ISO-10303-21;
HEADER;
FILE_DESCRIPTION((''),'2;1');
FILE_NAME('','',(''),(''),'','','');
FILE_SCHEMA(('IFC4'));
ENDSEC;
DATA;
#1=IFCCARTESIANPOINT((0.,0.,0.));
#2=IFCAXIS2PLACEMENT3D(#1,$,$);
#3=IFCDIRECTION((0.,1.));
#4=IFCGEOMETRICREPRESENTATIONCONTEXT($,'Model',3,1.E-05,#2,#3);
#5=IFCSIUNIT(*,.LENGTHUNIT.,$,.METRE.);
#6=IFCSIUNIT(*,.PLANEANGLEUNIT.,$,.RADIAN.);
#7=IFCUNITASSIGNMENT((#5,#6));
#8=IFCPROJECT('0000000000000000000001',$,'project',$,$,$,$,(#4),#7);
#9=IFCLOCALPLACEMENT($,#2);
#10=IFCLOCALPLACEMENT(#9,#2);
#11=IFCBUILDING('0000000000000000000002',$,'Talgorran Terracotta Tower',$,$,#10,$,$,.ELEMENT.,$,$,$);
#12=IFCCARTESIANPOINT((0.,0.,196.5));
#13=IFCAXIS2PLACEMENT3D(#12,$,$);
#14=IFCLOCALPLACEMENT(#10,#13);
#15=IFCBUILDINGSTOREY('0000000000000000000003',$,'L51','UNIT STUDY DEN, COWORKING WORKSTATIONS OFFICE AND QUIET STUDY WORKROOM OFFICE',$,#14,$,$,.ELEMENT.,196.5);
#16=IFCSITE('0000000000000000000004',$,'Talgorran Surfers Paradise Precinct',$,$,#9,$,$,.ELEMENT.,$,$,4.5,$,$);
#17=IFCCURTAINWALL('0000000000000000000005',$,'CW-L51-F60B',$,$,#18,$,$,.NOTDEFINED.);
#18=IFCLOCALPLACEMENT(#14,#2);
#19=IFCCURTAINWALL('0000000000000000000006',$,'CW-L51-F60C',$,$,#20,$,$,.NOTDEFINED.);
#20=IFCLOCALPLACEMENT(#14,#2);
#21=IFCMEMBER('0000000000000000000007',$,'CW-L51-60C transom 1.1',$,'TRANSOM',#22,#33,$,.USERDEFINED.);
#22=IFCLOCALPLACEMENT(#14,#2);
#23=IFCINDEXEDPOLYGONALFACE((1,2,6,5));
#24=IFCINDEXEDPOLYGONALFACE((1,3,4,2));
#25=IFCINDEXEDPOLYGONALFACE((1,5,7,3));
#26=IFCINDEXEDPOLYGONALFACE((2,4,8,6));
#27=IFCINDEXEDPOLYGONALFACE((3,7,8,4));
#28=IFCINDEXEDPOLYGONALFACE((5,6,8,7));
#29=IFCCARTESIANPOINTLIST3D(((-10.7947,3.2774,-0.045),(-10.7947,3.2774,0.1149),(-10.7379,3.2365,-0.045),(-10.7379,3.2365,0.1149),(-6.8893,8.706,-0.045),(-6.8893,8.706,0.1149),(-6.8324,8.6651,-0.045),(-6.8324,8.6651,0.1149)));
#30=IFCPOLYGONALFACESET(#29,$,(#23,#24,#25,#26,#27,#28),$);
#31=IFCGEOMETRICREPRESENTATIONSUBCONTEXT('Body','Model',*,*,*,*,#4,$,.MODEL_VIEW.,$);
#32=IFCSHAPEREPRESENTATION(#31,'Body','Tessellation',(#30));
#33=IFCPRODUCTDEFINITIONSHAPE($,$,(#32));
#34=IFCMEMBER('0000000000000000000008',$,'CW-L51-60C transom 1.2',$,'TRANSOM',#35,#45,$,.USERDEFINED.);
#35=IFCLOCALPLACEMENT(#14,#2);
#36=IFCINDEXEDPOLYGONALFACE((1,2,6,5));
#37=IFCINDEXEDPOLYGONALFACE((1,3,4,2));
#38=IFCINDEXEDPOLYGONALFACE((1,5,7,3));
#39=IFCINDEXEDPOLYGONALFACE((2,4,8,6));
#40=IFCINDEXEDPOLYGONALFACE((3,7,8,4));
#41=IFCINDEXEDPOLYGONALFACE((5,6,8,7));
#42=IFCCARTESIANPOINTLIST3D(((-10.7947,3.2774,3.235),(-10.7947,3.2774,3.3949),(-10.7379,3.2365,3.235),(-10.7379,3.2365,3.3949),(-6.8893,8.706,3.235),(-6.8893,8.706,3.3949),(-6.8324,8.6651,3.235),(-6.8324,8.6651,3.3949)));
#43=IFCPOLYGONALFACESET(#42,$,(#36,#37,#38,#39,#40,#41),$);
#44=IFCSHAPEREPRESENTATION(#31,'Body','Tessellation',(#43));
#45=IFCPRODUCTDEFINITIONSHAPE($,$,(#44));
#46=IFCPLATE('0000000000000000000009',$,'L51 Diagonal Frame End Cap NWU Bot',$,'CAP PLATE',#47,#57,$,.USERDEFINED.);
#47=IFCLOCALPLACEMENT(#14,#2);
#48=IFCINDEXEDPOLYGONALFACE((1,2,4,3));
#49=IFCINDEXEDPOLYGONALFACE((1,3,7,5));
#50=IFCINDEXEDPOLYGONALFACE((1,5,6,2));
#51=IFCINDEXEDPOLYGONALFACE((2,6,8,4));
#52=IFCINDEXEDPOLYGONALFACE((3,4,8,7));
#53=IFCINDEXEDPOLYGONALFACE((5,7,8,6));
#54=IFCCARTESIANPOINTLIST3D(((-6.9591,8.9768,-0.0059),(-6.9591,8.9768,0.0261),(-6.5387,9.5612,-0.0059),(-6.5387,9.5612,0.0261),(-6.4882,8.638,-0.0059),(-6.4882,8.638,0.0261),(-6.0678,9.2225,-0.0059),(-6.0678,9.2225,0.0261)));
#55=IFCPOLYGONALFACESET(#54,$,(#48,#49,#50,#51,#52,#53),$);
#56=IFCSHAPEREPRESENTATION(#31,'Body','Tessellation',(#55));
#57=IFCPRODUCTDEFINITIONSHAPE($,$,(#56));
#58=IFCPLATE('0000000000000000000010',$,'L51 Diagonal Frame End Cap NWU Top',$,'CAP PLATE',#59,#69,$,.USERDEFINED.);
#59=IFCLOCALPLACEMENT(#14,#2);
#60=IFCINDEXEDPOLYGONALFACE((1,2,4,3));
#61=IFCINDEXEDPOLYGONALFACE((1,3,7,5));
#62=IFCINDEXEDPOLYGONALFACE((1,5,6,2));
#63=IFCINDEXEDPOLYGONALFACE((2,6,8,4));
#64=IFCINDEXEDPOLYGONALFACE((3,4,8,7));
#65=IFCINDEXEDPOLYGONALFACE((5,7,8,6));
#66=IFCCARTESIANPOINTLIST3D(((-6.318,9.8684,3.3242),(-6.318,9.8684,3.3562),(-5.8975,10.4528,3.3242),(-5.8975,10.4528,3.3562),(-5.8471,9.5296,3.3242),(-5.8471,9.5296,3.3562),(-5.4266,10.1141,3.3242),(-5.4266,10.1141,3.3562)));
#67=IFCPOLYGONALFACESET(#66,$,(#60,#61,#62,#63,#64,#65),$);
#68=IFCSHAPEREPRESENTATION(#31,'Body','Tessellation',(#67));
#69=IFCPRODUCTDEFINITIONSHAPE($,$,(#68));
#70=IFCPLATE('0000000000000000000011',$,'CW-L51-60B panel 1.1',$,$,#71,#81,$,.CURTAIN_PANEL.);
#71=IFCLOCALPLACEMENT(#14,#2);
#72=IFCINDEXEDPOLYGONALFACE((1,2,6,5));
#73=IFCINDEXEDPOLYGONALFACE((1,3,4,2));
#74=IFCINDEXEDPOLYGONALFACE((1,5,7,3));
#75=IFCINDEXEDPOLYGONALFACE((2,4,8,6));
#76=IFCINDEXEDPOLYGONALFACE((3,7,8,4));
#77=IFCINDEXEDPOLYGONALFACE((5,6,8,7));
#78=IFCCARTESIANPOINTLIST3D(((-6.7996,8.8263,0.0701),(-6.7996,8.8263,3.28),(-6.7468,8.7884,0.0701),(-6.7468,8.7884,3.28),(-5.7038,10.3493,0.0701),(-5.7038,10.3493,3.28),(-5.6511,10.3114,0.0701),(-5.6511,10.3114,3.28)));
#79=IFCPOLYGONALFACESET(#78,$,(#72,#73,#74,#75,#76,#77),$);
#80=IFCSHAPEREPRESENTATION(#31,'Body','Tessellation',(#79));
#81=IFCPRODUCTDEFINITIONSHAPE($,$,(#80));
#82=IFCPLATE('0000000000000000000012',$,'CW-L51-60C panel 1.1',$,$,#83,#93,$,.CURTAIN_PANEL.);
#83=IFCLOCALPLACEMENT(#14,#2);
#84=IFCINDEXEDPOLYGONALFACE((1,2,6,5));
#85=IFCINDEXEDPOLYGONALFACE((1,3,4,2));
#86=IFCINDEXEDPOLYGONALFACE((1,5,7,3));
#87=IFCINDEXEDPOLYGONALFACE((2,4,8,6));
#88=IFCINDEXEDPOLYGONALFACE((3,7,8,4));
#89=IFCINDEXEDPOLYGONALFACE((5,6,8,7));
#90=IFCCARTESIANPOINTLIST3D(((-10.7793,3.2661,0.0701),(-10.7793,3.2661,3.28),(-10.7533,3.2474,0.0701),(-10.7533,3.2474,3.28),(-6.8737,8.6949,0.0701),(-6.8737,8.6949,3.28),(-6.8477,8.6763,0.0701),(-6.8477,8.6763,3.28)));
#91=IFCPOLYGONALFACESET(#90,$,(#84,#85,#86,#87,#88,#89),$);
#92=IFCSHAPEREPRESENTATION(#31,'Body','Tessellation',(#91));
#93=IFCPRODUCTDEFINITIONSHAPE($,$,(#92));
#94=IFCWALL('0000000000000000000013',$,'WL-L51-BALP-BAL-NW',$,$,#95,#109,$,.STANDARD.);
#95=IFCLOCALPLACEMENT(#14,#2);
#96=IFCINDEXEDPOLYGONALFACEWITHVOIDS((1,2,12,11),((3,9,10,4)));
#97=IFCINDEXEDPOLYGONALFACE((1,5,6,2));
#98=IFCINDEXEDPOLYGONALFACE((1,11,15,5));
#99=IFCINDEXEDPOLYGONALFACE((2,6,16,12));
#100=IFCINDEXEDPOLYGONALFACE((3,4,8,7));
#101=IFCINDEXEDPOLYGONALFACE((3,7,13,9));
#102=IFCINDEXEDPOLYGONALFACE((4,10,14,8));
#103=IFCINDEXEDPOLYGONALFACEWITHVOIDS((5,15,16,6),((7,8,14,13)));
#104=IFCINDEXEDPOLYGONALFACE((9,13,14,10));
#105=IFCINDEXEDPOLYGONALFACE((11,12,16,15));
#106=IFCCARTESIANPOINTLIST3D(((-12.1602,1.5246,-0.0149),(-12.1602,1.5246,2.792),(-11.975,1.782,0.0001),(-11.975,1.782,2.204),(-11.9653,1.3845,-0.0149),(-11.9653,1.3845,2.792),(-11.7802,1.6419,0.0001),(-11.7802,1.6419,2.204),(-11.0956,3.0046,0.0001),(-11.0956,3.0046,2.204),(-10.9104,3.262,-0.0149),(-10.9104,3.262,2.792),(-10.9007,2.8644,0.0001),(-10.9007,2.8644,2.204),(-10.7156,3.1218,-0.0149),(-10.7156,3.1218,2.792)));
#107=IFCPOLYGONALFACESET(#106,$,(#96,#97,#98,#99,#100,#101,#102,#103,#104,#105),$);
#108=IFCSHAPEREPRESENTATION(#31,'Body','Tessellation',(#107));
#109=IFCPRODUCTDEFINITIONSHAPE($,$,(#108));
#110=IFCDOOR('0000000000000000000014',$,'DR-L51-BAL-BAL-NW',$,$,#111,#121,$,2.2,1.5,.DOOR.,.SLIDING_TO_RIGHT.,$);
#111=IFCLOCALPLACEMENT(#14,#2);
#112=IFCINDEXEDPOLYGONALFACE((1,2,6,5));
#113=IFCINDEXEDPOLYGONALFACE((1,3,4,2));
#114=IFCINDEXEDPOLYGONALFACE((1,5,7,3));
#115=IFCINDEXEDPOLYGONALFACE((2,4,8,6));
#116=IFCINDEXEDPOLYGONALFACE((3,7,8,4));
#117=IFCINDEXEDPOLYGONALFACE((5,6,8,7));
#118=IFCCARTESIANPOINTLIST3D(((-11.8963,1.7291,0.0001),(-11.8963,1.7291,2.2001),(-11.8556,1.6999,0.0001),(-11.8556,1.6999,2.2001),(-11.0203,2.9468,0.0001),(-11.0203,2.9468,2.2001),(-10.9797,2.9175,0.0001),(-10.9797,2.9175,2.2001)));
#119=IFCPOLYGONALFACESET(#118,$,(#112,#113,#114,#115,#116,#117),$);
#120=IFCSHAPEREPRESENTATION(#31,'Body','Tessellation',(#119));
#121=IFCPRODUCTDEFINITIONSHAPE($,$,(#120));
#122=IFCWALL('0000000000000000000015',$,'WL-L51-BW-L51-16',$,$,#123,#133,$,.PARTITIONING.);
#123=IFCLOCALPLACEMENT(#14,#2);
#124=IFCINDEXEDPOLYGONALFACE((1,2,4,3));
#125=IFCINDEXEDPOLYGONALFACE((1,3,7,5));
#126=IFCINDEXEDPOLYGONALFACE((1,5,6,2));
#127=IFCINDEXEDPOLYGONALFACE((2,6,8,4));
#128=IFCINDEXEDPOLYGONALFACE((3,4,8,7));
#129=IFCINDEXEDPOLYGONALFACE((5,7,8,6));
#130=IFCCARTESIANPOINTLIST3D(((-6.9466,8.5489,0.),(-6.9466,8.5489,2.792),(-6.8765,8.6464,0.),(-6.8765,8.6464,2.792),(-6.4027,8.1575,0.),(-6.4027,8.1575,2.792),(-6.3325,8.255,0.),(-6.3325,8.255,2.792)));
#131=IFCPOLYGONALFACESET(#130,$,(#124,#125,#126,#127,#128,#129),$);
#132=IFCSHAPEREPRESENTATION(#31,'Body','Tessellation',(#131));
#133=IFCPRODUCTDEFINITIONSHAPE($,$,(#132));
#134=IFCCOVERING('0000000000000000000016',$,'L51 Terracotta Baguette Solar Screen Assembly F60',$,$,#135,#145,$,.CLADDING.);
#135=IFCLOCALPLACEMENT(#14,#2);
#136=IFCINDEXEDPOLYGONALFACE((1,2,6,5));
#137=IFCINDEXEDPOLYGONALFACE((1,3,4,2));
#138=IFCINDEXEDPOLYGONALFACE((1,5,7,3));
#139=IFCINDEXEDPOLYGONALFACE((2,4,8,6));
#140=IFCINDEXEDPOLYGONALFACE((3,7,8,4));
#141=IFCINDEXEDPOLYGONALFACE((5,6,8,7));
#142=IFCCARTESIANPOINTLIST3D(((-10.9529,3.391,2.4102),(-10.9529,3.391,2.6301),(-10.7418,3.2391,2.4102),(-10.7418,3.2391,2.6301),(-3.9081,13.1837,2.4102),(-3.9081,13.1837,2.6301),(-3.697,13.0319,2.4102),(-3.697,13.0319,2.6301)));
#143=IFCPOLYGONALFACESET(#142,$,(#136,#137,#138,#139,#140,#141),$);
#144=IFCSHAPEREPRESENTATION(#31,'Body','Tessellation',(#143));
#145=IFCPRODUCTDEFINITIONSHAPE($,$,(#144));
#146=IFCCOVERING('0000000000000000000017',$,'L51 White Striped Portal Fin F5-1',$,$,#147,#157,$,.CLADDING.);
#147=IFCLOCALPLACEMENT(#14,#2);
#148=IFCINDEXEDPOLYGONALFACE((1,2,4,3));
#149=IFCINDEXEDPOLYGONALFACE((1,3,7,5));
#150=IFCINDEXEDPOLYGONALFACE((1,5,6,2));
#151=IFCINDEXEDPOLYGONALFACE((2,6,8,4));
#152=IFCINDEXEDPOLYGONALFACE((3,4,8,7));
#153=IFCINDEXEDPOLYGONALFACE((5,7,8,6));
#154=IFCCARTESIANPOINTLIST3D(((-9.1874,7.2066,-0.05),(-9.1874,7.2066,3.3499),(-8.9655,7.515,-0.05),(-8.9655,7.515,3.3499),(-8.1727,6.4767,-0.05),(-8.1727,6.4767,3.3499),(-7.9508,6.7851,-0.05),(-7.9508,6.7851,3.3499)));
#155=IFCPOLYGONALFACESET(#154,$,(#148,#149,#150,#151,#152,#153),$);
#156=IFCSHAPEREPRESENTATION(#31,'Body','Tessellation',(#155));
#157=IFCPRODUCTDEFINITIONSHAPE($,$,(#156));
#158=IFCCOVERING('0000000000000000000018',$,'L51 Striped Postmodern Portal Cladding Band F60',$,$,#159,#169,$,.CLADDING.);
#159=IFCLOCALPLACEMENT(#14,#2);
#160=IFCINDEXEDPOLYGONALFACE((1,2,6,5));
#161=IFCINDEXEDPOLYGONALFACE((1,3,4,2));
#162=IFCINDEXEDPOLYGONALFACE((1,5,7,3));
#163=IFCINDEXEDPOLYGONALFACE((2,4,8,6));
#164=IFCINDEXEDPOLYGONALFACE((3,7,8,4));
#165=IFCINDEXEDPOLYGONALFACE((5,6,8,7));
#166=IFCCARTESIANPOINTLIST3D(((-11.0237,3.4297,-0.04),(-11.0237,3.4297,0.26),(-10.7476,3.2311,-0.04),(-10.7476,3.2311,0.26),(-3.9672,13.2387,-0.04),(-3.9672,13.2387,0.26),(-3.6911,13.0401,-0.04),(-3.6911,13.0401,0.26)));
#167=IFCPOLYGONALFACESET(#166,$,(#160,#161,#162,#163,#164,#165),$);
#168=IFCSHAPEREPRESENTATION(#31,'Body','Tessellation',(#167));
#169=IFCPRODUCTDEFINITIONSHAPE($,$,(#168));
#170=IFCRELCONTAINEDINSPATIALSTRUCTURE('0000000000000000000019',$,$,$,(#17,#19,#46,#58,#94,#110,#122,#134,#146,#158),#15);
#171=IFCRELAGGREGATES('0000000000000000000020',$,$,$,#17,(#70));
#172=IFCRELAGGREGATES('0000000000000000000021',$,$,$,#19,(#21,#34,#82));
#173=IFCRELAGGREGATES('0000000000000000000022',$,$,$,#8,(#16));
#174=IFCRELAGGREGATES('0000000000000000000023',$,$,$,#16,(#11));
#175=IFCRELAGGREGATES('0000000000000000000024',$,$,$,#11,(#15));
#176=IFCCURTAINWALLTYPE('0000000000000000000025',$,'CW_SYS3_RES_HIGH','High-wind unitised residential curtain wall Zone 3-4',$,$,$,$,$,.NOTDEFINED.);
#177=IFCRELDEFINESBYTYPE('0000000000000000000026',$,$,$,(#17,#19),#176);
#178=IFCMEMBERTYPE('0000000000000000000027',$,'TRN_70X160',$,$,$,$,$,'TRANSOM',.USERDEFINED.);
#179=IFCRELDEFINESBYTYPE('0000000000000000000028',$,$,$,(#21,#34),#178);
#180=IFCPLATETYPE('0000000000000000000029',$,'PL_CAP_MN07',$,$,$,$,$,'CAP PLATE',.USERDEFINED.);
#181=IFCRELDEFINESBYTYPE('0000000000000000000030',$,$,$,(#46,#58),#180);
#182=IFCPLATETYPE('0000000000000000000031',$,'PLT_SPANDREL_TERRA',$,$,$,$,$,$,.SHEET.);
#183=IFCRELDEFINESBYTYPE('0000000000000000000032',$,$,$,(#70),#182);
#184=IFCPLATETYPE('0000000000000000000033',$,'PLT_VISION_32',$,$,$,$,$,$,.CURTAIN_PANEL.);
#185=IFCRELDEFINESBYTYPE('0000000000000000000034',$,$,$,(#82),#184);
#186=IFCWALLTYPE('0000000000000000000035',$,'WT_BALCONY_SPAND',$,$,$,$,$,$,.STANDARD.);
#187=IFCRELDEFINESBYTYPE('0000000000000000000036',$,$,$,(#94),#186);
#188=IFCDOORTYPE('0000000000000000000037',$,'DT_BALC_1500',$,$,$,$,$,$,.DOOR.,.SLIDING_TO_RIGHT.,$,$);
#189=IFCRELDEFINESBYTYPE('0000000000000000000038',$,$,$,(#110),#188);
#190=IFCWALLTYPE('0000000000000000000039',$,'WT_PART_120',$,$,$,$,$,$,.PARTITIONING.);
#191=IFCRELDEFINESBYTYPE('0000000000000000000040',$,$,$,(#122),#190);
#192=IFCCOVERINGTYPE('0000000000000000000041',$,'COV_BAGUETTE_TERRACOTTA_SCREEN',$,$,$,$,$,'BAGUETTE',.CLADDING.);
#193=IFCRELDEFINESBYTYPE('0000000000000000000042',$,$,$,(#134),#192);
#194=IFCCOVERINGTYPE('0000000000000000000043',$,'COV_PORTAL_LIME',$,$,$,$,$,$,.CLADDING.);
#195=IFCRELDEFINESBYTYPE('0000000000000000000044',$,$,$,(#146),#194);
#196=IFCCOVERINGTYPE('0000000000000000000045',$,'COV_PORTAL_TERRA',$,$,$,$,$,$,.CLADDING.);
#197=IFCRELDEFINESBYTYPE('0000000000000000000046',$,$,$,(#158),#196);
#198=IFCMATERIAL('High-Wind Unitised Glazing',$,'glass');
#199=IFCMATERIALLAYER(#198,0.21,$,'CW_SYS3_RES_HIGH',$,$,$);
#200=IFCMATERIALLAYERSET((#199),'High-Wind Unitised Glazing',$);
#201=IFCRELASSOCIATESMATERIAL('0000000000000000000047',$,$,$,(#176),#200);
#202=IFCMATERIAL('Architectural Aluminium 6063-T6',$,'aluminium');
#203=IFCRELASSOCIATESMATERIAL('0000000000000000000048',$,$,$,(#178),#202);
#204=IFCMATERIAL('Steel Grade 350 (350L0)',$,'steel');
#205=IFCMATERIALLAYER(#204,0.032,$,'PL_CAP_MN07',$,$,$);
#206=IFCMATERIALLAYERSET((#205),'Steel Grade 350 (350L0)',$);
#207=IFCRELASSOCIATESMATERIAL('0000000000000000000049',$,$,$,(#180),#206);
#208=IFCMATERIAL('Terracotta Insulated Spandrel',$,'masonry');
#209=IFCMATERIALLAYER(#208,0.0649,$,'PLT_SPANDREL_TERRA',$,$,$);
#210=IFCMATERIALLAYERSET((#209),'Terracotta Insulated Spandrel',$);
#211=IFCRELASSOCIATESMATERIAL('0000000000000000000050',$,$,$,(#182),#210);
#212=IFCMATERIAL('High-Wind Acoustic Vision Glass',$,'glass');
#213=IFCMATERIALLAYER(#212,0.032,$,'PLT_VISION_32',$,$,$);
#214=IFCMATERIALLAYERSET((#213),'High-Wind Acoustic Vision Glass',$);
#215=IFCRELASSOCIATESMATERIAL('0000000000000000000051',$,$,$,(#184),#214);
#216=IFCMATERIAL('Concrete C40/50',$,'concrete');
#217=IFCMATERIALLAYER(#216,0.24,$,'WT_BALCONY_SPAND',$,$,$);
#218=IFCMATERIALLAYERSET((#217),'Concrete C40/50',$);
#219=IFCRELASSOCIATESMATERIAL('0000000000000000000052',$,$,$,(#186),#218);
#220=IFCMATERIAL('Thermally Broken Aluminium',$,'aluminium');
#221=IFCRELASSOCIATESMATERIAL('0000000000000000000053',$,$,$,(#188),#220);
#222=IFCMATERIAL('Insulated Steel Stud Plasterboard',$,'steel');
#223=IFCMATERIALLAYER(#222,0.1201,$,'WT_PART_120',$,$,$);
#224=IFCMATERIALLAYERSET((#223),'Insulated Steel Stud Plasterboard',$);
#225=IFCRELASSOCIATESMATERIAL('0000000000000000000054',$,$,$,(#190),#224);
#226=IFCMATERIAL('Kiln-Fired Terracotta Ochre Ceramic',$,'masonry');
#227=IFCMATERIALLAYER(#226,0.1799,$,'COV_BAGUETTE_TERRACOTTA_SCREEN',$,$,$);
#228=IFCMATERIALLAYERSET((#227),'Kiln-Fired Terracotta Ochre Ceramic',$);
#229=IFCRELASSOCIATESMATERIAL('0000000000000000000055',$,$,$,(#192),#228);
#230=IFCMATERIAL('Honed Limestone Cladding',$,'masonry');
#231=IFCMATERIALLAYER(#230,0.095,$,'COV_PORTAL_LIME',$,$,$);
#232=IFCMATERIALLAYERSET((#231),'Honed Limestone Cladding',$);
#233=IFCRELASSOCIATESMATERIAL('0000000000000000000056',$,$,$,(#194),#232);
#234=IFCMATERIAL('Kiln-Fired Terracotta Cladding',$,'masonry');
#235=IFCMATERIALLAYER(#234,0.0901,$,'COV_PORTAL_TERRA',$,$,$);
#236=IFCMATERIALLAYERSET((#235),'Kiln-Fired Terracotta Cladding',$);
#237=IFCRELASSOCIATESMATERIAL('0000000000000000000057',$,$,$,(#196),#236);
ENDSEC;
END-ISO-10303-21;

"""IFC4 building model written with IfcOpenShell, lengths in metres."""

from ifc_helpers import new_model, si_unit, direction, frame, frame_2d, origin, origin_2d, place, context, subcontext, project, spatial, rectangle, extrude, source, transform, mapped, material, layer, layer_set, material_profile, profile_set, type_object, type_shapes, element, fill, aggregate, save


model = new_model("IFC4")

# Units and contexts
model_context = context("Model", 3, precision=1e-05, world=origin(), true_north=direction((0.0, 1.0)))
body_context = subcontext(model_context, "Body", "Model", "MODEL_VIEW")
ifc_project = project(units=[si_unit("LENGTHUNIT", "METRE"), si_unit("PLANEANGLEUNIT", "RADIAN")], contexts=[model_context])

# Site, building, storey
site_placement = place(None, origin())
site = spatial("IfcSite", under=ifc_project, at=site_placement, Name="Talgorran Surfers Paradise Precinct", CompositionType="ELEMENT", RefElevation=4.5)
building_placement = place(site_placement, origin())
building = spatial("IfcBuilding", under=site, at=building_placement, Name="Talgorran Terracotta Tower", CompositionType="ELEMENT")
storey_placement = place(building_placement, frame((0.0, 0.0, 196.5)))
storey = spatial("IfcBuildingStorey", under=building, at=storey_placement, Name="L51", Description="UNIT STUDY DEN, COWORKING WORKSTATIONS OFFICE AND QUIET STUDY WORKROOM OFFICE", CompositionType="ELEMENT", Elevation=196.5)

# Shared definitions
ifc_material_1 = material(Name="Steel Grade 350 (350L0)", Category="steel")

# Curtain walls
ifc_material_2 = material(Name="High-Wind Unitised Glazing", Category="glass")
ifc_layer_1 = layer(ifc_material_2, 0.21, Name="CW_SYS3_RES_HIGH")
ifc_layer_set_1 = layer_set([ifc_layer_1], Name="High-Wind Unitised Glazing")
curtain_wall_type = type_object("IfcCurtainWallType", Name="CW_SYS3_RES_HIGH", Description="High-wind unitised residential curtain wall Zone 3-4", PredefinedType="NOTDEFINED", material=ifc_layer_set_1)
curtain_wall_1_placement = place(storey_placement, origin())
curtain_wall_1 = element("IfcCurtainWall", 1, at=curtain_wall_1_placement, inside=storey, type_object=curtain_wall_type, Name="CW-L51-F60B", PredefinedType="NOTDEFINED")
ifc_material_3 = material(Name="Architectural Aluminium 6063-T6", Category="aluminium")
curtain_wall_2_placement = place(storey_placement, origin())
curtain_wall_2 = element("IfcCurtainWall", 2, at=curtain_wall_2_placement, inside=storey, type_object=curtain_wall_type, Name="CW-L51-F60C", PredefinedType="NOTDEFINED")

# Members
ifc_material_profile_1 = material_profile(ifc_material_3, rectangle(XDim=0.0701, YDim=0.1599, at=origin_2d()), Name="CWT70X160")
ifc_profile_set_1 = profile_set([ifc_material_profile_1], Name="Architectural Aluminium 6063-T6")
member_type_1 = type_object("IfcMemberType", Name="TRN_70X160", ElementType="TRANSOM", PredefinedType="USERDEFINED", material=ifc_profile_set_1)
member_1_placement = place(storey_placement, frame((-6.8608, 8.6855, 0.0349), z_axis=(-0.583994, -0.811758, 0.0), x_axis=(0.811758, -0.583994, 0.0)))
member_1 = element("IfcMember", 3, at=member_1_placement, type_object=member_type_1, Name="CW-L51-60C transom 1.1", ObjectType="TRANSOM", PredefinedType="USERDEFINED", context=body_context, shape_type="SweptSolid", body=[
    extrude(rectangle(XDim=0.0701, YDim=0.1599, at=origin_2d()), origin(), (0.0, 0.0, 1.0), 6.6875),
])
member_2_placement = place(storey_placement, frame((-6.8608, 8.6855, 3.3149), z_axis=(-0.583994, -0.811758, 0.0), x_axis=(0.811758, -0.583994, 0.0)))
member_2 = element("IfcMember", 4, at=member_2_placement, type_object=member_type_1, Name="CW-L51-60C transom 1.2", ObjectType="TRANSOM", PredefinedType="USERDEFINED", context=body_context, shape_type="SweptSolid", body=[
    extrude(rectangle(XDim=0.0701, YDim=0.1599, at=origin_2d()), origin(), (0.0, 0.0, 1.0), 6.6875),
])

# Plates
ifc_layer_2 = layer(ifc_material_1, 0.032, Name="PL_CAP_MN07")
ifc_layer_set_2 = layer_set([ifc_layer_2], Name="Steel Grade 350 (350L0)")
plate_type_1 = type_object("IfcPlateType", Name="PL_CAP_MN07", ElementType="CAP PLATE", PredefinedType="USERDEFINED", material=ifc_layer_set_2)
for number, where, z_axis, x_axis, name in (
    (5, (-6.5134, 9.0996, -0.0059), (0.0, 0.0, 1.0), (0.583966, 0.811778, 0.0), "L51 Diagonal Frame End Cap NWU Bot"),
    (6, (-5.8723, 9.9912, 3.3242), (0.0, 0.0, 1.0), (0.583966, 0.811778, 0.0), "L51 Diagonal Frame End Cap NWU Top"),
):
    element("IfcPlate", number, at=place(storey_placement, frame(where, z_axis=z_axis, x_axis=x_axis)), inside=storey, type_object=plate_type_1, Name=name, ObjectType="CAP PLATE", PredefinedType="USERDEFINED", context=body_context, shape_type="SweptSolid", body=[
        extrude(rectangle(XDim=0.72, YDim=0.5801, at=origin_2d()), origin(), (0.0, 0.0, 1.0), 0.032),
    ])

# Plates
ifc_material_4 = material(Name="Terracotta Insulated Spandrel", Category="masonry")
ifc_layer_3 = layer(ifc_material_4, 0.0649, Name="PLT_SPANDREL_TERRA")
ifc_layer_set_3 = layer_set([ifc_layer_3], Name="Terracotta Insulated Spandrel")
plate_type_2 = type_object("IfcPlateType", Name="PLT_SPANDREL_TERRA", PredefinedType="SHEET", material=ifc_layer_set_3)
shared_shape_1 = source(origin(), body_context, "Body", "SweptSolid", [
    extrude(rectangle(XDim=1.8762, YDim=0.0649, at=origin_2d()), origin(), (0.0, 0.0, 1.0), 3.21),
])
type_shapes(plate_type_2, [shared_shape_1])
plate_1_placement = place(storey_placement, frame((-6.2253, 9.5688, 0.0701), z_axis=(0.0, 0.0, 1.0), x_axis=(-0.583994, -0.811758, 0.0)))
plate_1 = element("IfcPlate", 7, at=plate_1_placement, type_object=plate_type_2, Name="CW-L51-60B panel 1.1", PredefinedType="CURTAIN_PANEL", context=body_context, shape_type="MappedRepresentation", body=[
    mapped(shared_shape_1, transform((0.0, 0.0, 0.0), scale=1.0)),
])
aggregate(curtain_wall_1, [plate_1])
ifc_material_5 = material(Name="High-Wind Acoustic Vision Glass", Category="glass")
ifc_layer_4 = layer(ifc_material_5, 0.032, Name="PLT_VISION_32")
ifc_layer_set_4 = layer_set([ifc_layer_4], Name="High-Wind Acoustic Vision Glass")
plate_type_3 = type_object("IfcPlateType", Name="PLT_VISION_32", PredefinedType="CURTAIN_PANEL", material=ifc_layer_set_4)
shared_shape_2 = source(origin(), body_context, "Body", "SweptSolid", [
    extrude(rectangle(XDim=6.6877, YDim=0.032, at=origin_2d()), origin(), (0.0, 0.0, 1.0), 3.21),
])
type_shapes(plate_type_3, [shared_shape_2])
plate_2_placement = place(storey_placement, frame((-8.8135, 5.9712, 0.0701), z_axis=(0.0, 0.0, 1.0), x_axis=(-0.583993, -0.811758, 0.0)))
plate_2 = element("IfcPlate", 8, at=plate_2_placement, type_object=plate_type_3, Name="CW-L51-60C panel 1.1", PredefinedType="CURTAIN_PANEL", context=body_context, shape_type="MappedRepresentation", body=[
    mapped(shared_shape_2, transform((0.0, 0.0, 0.0), scale=1.0)),
])
aggregate(curtain_wall_2, [member_1, member_2, plate_2])

# Wall, opening, door
ifc_material_6 = material(Name="Concrete C40/50", Category="concrete")
ifc_layer_5 = layer(ifc_material_6, 0.24, Name="WT_BALCONY_SPAND")
ifc_layer_set_5 = layer_set([ifc_layer_5], Name="Concrete C40/50")
wall_type_1 = type_object("IfcWallType", Name="WT_BALCONY_SPAND", PredefinedType="STANDARD", material=ifc_layer_set_5)
wall_1_placement = place(storey_placement, frame((-10.813, 3.1919, -0.0149), z_axis=(0.0, 0.0, 1.0), x_axis=(-0.583965, -0.811779, 0.0)))
wall_1 = element("IfcWall", 9, at=wall_1_placement, inside=storey, type_object=wall_type_1, Name="WL-L51-BALP-BAL-NW", PredefinedType="STANDARD", context=body_context, shape_type="SweptSolid", body=[
    extrude(rectangle(XDim=2.1401, YDim=0.24, at=frame_2d((1.0701, 0.0))), origin(), (0.0, 0.0, 1.0), 2.8069),
])
opening_placement = place(wall_1_placement, frame((0.3201, 0.0, 0.0149)))
opening = element("IfcOpeningElement", 10, at=opening_placement, cuts=wall_1, PredefinedType="OPENING", context=body_context, shape_type="SweptSolid", body=[
    extrude(rectangle(XDim=1.506, YDim=2.204, at=frame_2d((0.75, 1.1021))), frame((0.0, 0.1299, 0.0), z_axis=(0.0, -1.0, 0.0), x_axis=(1.0, 0.0, 0.0)), (0.0, 0.0, 1.0), 0.26),
])
ifc_material_7 = material(Name="Thermally Broken Aluminium", Category="aluminium")
door_type = type_object("IfcDoorType", Name="DT_BALC_1500", OperationType="SLIDING_TO_RIGHT", PredefinedType="DOOR", material=ifc_material_7)
door_placement = place(opening_placement, origin())
door = element("IfcDoor", 11, at=door_placement, inside=storey, type_object=door_type, Name="DR-L51-BAL-BAL-NW", OperationType="SLIDING_TO_RIGHT", OverallHeight=2.2, OverallWidth=1.5, PredefinedType="DOOR", context=body_context, shape_type="SweptSolid", body=[
    extrude(rectangle(XDim=1.5, YDim=2.2, at=frame_2d((0.75, 1.1001))), frame((0.0, 0.0249, 0.0), z_axis=(0.0, -1.0, 0.0), x_axis=(1.0, 0.0, 0.0)), (0.0, 0.0, 1.0), 0.05),
])
fill(opening, door)

# Wall
ifc_material_8 = material(Name="Insulated Steel Stud Plasterboard", Category="steel")
ifc_layer_6 = layer(ifc_material_8, 0.1201, Name="WT_PART_120")
ifc_layer_set_6 = layer_set([ifc_layer_6], Name="Insulated Steel Stud Plasterboard")
wall_type_2 = type_object("IfcWallType", Name="WT_PART_120", PredefinedType="PARTITIONING", material=ifc_layer_set_6)
wall_2_placement = place(storey_placement, frame((-6.3677, 8.2063, 0.0), z_axis=(0.0, 0.0, 1.0), x_axis=(-0.811735, 0.584026, 0.0)))
element("IfcWall", 12, at=wall_2_placement, inside=storey, type_object=wall_type_2, Name="WL-L51-BW-L51-16", PredefinedType="PARTITIONING", context=body_context, shape_type="SweptSolid", body=[
    extrude(rectangle(XDim=0.6702, YDim=0.1201, at=frame_2d((0.335, 0.0))), origin(), (0.0, 0.0, 1.0), 2.792),
])

# Coverings
ifc_material_9 = material(Name="Kiln-Fired Terracotta Ochre Ceramic", Category="masonry")
ifc_layer_7 = layer(ifc_material_9, 0.1799, Name="COV_BAGUETTE_TERRACOTTA_SCREEN")
ifc_layer_set_7 = layer_set([ifc_layer_7], Name="Kiln-Fired Terracotta Ochre Ceramic")
covering_type_1 = type_object("IfcCoveringType", Name="COV_BAGUETTE_TERRACOTTA_SCREEN", ElementType="BAGUETTE", PredefinedType="CLADDING", material=ifc_layer_set_7)
covering_1_placement = place(storey_placement, frame((-7.325, 8.2114, 2.4102), z_axis=(0.0, 0.0, 1.0), x_axis=(-0.583981, -0.811768, 0.0)))
element("IfcCovering", 13, at=covering_1_placement, inside=storey, type_object=covering_type_1, Name="L51 Terracotta Baguette Solar Screen Assembly F60", PredefinedType="CLADDING", context=body_context, shape_type="SweptSolid", body=[
    extrude(rectangle(XDim=12.0635, YDim=0.26, at=origin_2d()), origin(), (0.0, 0.0, 1.0), 0.22),
])
ifc_material_10 = material(Name="Honed Limestone Cladding", Category="masonry")
ifc_layer_8 = layer(ifc_material_10, 0.095, Name="COV_PORTAL_LIME")
ifc_layer_set_8 = layer_set([ifc_layer_8], Name="Honed Limestone Cladding")
covering_type_2 = type_object("IfcCoveringType", Name="COV_PORTAL_LIME", PredefinedType="CLADDING", material=ifc_layer_set_8)
covering_2_placement = place(storey_placement, frame((-8.5691, 6.9958, -0.05), z_axis=(0.0, 0.0, 1.0), x_axis=(-0.583981, -0.811768, 0.0)))
element("IfcCovering", 14, at=covering_2_placement, inside=storey, type_object=covering_type_2, Name="L51 White Striped Portal Fin F5-1", PredefinedType="CLADDING", context=body_context, shape_type="SweptSolid", body=[
    extrude(rectangle(XDim=0.3799, YDim=1.25, at=origin_2d()), origin(), (0.0, 0.0, 1.0), 3.3999),
])
ifc_material_11 = material(Name="Kiln-Fired Terracotta Cladding", Category="masonry")
ifc_layer_9 = layer(ifc_material_11, 0.0901, Name="COV_PORTAL_TERRA")
ifc_layer_set_9 = layer_set([ifc_layer_9], Name="Kiln-Fired Terracotta Cladding")
covering_type_3 = type_object("IfcCoveringType", Name="COV_PORTAL_TERRA", PredefinedType="CLADDING", material=ifc_layer_set_9)
covering_3_placement = place(storey_placement, frame((-7.3574, 8.2349, -0.04), z_axis=(0.0, 0.0, 1.0), x_axis=(-0.583981, -0.811768, 0.0)))
element("IfcCovering", 15, at=covering_3_placement, inside=storey, type_object=covering_type_3, Name="L51 Striped Postmodern Portal Cladding Band F60", PredefinedType="CLADDING", context=body_context, shape_type="SweptSolid", body=[
    extrude(rectangle(XDim=12.0835, YDim=0.3401, at=origin_2d()), origin(), (0.0, 0.0, 1.0), 0.3),
])

save(model, "model.ifc")
